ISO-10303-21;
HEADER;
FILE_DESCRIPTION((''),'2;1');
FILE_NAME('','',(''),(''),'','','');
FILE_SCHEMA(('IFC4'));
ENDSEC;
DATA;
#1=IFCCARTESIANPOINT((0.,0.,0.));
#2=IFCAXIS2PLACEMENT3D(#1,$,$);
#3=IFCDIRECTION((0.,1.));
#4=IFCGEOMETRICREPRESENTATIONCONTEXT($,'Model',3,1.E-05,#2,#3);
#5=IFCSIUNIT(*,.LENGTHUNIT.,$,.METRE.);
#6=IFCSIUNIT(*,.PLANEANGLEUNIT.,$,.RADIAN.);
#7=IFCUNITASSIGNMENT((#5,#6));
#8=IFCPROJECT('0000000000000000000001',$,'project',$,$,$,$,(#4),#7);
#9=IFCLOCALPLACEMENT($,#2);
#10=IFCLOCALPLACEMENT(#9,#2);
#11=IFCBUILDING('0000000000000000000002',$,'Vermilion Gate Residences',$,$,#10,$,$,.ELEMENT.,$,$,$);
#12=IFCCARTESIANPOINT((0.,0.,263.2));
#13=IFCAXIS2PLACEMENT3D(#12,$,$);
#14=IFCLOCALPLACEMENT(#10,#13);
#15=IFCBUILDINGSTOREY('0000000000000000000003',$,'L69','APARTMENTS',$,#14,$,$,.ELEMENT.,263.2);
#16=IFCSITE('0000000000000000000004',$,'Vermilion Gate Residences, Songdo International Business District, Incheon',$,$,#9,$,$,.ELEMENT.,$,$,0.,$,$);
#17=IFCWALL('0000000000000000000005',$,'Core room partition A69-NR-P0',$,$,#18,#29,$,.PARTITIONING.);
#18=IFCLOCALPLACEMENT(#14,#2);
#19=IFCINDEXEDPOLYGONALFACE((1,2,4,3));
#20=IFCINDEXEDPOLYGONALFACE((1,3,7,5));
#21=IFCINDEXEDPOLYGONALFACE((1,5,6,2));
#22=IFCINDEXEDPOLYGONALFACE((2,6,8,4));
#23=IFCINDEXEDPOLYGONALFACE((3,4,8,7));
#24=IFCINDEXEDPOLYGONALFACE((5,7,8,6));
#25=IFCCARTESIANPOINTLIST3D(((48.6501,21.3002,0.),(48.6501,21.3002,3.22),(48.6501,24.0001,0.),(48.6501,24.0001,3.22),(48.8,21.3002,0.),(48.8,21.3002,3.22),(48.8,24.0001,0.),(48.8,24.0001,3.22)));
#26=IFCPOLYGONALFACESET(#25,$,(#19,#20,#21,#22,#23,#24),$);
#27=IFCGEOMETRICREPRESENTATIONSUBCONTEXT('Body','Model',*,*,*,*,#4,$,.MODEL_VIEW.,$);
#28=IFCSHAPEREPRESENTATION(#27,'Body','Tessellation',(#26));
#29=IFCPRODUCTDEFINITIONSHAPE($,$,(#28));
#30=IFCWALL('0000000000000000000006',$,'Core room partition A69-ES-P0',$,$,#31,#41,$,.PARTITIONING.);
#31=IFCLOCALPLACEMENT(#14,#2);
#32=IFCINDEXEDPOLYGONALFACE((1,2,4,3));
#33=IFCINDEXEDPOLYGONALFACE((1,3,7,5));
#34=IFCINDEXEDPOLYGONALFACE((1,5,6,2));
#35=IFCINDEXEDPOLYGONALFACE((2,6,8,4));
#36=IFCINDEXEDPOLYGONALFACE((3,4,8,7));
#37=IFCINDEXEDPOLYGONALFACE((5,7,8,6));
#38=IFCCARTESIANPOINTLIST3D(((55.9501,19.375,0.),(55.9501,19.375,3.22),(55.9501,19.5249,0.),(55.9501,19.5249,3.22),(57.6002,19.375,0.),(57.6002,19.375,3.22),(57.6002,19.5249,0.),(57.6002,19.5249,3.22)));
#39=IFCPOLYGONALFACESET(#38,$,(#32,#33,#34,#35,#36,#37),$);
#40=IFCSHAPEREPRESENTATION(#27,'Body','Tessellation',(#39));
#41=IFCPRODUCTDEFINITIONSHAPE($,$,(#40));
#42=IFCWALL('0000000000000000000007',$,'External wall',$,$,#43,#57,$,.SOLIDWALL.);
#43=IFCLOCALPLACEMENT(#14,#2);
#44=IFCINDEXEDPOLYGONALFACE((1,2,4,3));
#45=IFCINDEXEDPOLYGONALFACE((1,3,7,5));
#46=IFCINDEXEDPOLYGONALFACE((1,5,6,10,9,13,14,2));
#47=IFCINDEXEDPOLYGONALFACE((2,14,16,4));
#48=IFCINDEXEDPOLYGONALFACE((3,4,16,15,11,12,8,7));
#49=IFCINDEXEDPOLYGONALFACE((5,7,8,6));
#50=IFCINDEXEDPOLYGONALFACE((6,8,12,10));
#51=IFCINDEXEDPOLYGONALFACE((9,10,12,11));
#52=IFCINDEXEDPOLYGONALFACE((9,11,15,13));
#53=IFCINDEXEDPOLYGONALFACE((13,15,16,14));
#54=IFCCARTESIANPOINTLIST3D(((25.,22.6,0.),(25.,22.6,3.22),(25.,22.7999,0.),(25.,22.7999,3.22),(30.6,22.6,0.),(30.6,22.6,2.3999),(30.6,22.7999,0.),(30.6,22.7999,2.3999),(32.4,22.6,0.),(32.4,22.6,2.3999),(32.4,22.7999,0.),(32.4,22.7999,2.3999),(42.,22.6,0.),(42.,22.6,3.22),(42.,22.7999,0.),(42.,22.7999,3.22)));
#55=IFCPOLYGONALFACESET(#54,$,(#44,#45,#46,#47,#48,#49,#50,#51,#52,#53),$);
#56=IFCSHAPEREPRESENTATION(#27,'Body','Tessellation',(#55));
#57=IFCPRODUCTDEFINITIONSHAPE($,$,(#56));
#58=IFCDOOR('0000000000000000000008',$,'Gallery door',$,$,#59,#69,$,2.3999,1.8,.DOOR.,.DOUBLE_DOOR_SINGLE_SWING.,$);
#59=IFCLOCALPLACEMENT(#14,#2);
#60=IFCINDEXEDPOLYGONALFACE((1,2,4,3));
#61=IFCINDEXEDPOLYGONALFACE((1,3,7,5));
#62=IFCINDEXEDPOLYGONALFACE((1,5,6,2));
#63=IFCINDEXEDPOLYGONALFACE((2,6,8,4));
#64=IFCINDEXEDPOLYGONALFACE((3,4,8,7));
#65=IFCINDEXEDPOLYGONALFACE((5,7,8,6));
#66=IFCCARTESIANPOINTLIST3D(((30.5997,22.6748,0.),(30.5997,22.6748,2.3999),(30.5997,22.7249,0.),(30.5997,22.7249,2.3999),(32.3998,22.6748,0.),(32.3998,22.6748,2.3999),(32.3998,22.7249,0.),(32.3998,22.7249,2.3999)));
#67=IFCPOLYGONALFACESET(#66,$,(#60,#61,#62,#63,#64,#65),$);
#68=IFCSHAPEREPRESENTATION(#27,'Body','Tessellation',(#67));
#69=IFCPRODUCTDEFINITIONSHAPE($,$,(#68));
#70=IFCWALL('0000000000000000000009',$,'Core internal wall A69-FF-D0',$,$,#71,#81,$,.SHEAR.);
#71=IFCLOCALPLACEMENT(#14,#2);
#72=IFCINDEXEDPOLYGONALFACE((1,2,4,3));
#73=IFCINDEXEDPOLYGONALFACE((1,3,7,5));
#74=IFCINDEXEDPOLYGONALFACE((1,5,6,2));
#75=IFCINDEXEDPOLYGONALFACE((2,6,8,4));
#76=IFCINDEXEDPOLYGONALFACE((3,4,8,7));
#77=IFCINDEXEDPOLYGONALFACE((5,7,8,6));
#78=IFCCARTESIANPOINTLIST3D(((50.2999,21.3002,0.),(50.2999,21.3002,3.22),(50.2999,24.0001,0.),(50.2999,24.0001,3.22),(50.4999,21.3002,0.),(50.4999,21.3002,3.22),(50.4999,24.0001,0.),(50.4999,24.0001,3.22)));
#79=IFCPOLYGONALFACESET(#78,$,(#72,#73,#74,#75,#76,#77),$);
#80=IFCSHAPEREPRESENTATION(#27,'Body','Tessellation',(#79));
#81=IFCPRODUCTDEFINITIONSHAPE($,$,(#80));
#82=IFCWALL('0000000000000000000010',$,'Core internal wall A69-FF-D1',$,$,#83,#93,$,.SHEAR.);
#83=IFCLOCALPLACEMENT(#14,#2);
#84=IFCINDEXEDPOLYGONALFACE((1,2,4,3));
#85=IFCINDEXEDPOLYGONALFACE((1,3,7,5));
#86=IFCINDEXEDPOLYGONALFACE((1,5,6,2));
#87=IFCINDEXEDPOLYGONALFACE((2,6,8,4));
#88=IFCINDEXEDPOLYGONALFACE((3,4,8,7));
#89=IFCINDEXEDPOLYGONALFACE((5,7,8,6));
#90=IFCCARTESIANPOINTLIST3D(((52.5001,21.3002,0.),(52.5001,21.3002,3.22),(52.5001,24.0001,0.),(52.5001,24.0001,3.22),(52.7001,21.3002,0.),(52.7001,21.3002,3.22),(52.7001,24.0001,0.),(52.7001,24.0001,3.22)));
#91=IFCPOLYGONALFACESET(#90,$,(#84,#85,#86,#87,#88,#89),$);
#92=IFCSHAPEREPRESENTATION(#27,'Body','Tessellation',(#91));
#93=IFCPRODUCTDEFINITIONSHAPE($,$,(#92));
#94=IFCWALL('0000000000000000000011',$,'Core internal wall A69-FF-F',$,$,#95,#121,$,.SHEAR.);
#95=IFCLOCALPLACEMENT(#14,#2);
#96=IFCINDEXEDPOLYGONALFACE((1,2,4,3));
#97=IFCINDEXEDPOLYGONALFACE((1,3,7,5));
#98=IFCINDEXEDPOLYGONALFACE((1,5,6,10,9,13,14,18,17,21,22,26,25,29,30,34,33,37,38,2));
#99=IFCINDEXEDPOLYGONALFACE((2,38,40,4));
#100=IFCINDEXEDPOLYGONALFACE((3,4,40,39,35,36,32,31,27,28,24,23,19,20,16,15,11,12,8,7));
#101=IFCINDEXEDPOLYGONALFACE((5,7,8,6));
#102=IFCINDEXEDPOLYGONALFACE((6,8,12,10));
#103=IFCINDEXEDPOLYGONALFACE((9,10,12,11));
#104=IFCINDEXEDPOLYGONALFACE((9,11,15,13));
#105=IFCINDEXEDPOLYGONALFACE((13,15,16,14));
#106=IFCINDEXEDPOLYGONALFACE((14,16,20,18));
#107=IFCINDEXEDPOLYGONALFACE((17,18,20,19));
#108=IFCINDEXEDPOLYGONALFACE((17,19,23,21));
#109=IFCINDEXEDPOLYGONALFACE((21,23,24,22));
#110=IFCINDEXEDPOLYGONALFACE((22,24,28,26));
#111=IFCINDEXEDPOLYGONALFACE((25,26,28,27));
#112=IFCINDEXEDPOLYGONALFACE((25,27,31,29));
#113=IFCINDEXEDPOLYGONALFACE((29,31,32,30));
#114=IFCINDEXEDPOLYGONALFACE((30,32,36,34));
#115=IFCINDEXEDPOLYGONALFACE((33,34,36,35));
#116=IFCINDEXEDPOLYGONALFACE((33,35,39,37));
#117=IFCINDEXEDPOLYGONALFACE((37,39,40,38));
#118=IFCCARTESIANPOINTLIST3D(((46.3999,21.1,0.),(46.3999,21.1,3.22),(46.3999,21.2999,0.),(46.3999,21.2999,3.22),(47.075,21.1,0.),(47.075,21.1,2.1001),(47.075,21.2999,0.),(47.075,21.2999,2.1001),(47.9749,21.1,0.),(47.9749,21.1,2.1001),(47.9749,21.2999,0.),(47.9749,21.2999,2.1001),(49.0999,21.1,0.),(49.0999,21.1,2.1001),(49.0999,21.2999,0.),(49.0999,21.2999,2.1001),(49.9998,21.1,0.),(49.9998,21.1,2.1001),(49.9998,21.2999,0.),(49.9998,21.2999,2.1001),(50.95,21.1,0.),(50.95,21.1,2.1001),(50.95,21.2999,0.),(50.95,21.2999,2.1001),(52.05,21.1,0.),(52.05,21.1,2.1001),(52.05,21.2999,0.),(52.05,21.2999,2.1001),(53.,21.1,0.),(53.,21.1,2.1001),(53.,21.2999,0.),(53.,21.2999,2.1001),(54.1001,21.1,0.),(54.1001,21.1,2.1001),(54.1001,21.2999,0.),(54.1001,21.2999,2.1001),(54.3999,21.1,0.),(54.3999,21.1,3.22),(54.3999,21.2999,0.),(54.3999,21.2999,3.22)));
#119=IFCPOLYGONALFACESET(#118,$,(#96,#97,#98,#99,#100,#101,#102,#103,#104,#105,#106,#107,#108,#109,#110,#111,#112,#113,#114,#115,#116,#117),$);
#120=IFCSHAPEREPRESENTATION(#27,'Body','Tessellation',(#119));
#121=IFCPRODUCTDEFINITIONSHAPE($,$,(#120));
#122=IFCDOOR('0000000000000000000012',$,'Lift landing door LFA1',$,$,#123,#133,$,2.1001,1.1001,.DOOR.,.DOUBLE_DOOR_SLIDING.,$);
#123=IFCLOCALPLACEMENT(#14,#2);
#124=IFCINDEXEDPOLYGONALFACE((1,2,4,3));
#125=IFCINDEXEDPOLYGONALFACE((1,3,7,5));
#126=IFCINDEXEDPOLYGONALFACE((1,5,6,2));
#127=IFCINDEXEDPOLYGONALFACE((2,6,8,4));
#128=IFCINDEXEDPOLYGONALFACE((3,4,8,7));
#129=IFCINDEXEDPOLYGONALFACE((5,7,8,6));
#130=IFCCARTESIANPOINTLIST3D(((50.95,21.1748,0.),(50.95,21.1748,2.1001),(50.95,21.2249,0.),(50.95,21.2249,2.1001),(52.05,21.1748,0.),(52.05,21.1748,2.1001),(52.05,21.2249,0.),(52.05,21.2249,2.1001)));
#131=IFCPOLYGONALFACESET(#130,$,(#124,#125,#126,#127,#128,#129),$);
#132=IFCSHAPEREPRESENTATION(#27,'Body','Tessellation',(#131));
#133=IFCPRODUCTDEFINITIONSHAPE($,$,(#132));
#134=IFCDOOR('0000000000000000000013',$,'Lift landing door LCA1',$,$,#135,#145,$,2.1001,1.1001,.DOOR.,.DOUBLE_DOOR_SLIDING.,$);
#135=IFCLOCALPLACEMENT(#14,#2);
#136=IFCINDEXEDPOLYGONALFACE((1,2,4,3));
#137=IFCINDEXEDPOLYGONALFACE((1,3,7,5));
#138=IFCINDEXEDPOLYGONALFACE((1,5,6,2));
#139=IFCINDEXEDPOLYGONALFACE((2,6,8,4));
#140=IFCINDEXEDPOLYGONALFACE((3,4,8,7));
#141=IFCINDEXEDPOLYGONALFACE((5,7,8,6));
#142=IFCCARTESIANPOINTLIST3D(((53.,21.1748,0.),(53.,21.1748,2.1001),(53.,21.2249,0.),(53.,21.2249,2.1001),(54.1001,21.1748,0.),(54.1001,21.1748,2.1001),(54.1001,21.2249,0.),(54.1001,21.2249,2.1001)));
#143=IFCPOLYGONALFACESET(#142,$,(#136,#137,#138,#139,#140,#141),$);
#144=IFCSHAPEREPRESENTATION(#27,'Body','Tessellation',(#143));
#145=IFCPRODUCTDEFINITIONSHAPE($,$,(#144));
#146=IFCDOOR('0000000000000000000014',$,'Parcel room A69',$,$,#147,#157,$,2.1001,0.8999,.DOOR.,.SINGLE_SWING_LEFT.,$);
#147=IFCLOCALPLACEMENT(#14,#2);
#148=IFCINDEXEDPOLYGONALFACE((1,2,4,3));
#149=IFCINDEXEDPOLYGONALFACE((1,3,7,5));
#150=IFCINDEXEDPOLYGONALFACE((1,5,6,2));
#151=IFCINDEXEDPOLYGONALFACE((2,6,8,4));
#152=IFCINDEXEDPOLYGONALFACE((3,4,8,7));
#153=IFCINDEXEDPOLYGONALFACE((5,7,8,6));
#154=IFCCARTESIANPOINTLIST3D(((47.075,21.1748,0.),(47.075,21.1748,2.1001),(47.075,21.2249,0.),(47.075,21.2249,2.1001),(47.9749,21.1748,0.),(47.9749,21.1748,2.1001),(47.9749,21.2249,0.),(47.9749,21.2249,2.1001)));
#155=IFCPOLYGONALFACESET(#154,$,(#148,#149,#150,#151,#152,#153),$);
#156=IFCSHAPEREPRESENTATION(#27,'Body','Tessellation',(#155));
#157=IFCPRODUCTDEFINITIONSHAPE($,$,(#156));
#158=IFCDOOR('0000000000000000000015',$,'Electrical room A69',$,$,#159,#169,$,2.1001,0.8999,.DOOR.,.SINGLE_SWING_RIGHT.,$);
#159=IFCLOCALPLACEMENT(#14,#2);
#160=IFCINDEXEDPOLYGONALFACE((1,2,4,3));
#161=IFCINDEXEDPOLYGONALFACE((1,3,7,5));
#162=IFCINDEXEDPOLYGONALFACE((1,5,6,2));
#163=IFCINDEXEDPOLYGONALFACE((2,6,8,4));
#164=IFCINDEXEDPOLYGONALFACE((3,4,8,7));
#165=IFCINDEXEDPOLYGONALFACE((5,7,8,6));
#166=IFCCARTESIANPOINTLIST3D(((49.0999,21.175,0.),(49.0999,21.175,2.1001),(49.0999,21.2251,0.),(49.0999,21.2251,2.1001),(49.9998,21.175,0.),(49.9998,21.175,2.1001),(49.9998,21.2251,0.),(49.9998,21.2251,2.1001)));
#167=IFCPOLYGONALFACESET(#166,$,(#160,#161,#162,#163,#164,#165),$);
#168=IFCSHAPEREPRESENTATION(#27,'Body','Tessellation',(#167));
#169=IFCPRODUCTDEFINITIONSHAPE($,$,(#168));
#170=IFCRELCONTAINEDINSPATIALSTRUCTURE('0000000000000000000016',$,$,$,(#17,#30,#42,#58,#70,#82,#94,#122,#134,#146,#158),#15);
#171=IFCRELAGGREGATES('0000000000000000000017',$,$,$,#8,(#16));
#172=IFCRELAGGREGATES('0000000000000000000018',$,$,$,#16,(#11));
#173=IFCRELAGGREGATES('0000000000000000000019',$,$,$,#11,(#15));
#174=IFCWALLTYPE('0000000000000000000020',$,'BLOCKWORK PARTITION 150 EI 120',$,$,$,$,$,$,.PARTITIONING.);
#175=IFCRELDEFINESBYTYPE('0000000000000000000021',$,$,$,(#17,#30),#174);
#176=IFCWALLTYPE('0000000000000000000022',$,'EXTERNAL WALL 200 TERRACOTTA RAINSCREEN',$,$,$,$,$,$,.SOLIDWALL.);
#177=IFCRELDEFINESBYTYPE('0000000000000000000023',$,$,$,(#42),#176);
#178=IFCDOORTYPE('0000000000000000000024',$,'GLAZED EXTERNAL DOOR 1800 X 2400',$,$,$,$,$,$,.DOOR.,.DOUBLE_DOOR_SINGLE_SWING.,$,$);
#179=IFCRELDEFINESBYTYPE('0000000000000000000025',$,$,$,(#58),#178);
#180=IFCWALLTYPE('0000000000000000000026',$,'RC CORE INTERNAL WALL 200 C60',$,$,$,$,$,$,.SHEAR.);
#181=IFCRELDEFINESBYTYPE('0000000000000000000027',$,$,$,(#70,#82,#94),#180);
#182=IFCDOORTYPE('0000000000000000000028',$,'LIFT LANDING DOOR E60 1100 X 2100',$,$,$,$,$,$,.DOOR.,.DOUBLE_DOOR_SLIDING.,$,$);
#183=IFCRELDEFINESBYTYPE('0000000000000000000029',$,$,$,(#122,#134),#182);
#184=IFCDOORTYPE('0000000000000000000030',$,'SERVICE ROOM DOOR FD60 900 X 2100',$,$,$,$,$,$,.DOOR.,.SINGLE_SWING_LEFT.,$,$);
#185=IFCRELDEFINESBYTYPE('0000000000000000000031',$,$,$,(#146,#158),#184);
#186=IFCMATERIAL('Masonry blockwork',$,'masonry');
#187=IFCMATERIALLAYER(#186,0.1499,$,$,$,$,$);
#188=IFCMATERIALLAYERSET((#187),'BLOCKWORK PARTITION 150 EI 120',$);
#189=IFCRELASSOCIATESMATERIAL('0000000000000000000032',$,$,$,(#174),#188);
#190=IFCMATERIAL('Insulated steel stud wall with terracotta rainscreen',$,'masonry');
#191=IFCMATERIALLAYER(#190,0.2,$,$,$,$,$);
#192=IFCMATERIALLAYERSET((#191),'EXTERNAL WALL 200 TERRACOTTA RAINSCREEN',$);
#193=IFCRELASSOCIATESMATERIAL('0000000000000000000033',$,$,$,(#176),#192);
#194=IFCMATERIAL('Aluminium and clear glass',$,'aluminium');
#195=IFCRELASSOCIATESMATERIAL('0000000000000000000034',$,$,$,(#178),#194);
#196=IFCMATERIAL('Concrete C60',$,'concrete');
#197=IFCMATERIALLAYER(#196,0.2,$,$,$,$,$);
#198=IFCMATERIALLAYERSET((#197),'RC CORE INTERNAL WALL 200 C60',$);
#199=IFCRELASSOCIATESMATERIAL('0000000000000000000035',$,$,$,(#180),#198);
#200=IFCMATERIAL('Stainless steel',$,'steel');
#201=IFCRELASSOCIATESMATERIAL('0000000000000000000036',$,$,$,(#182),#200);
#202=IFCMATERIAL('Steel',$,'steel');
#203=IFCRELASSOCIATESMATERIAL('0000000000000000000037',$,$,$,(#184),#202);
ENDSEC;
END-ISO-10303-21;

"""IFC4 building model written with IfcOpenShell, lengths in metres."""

from ifc_helpers import new_model, si_unit, direction, frame, frame_2d, origin, place, context, subcontext, project, spatial, rectangle, extrude, material, layer, layer_set, type_object, element, fill, save


model = new_model("IFC4")

# Units and contexts
model_context = context("Model", 3, precision=1e-05, world=origin(), true_north=direction((0.0, 1.0)))
body_context = subcontext(model_context, "Body", "Model", "MODEL_VIEW")
ifc_project = project(units=[si_unit("LENGTHUNIT", "METRE"), si_unit("PLANEANGLEUNIT", "RADIAN")], contexts=[model_context])

# Site, building, storey
site_placement = place(None, origin())
site = spatial("IfcSite", under=ifc_project, at=site_placement, Name="Vermilion Gate Residences, Songdo International Business District, Incheon", CompositionType="ELEMENT", RefElevation=0.0)
building_placement = place(site_placement, origin())
building = spatial("IfcBuilding", under=site, at=building_placement, Name="Vermilion Gate Residences", CompositionType="ELEMENT")
storey_placement = place(building_placement, frame((0.0, 0.0, 263.2)))
storey = spatial("IfcBuildingStorey", under=building, at=storey_placement, Name="L69", Description="APARTMENTS", CompositionType="ELEMENT", Elevation=263.2)

# Walls
ifc_material_1 = material(Name="Masonry blockwork", Category="masonry")
ifc_layer_1 = layer(ifc_material_1, 0.1499)
ifc_layer_set_1 = layer_set([ifc_layer_1], Name="BLOCKWORK PARTITION 150 EI 120")
wall_type_1 = type_object("IfcWallType", Name="BLOCKWORK PARTITION 150 EI 120", PredefinedType="PARTITIONING", material=ifc_layer_set_1)
wall_1_placement = place(storey_placement, frame((48.7251, 21.3, 0.0), z_axis=(0.0, 0.0, 1.0), x_axis=(0.0, 1.0, 0.0)))
element("IfcWall", 1, at=wall_1_placement, inside=storey, type_object=wall_type_1, Name="Core room partition A69-NR-P0", PredefinedType="PARTITIONING", context=body_context, shape_type="SweptSolid", body=[
    extrude(rectangle(XDim=2.7, YDim=0.1499, at=frame_2d((1.3501, 0.0))), origin(), (0.0, 0.0, 1.0), 3.22),
])
wall_2_placement = place(storey_placement, frame((55.95, 19.45, 0.0), z_axis=(0.0, 0.0, 1.0), x_axis=(1.0, 0.0, 0.0)))
element("IfcWall", 2, at=wall_2_placement, inside=storey, type_object=wall_type_1, Name="Core room partition A69-ES-P0", PredefinedType="PARTITIONING", context=body_context, shape_type="SweptSolid", body=[
    extrude(rectangle(XDim=1.6501, YDim=0.1499, at=frame_2d((0.8252, 0.0))), origin(), (0.0, 0.0, 1.0), 3.22),
])

# Wall, opening, door
ifc_material_2 = material(Name="Insulated steel stud wall with terracotta rainscreen", Category="masonry")
ifc_layer_2 = layer(ifc_material_2, 0.2)
ifc_layer_set_2 = layer_set([ifc_layer_2], Name="EXTERNAL WALL 200 TERRACOTTA RAINSCREEN")
wall_type_2 = type_object("IfcWallType", Name="EXTERNAL WALL 200 TERRACOTTA RAINSCREEN", PredefinedType="SOLIDWALL", material=ifc_layer_set_2)
wall_3_placement = place(storey_placement, frame((42.0, 22.7, 0.0), z_axis=(0.0, 0.0, 1.0), x_axis=(-1.0, 0.0, 0.0)))
wall_3 = element("IfcWall", 3, at=wall_3_placement, inside=storey, type_object=wall_type_2, Name="External wall", PredefinedType="SOLIDWALL", context=body_context, shape_type="SweptSolid", body=[
    extrude(rectangle(XDim=17.0, YDim=0.2, at=frame_2d((8.5, 0.0))), origin(), (0.0, 0.0, 1.0), 3.22),
])
opening_1_placement = place(wall_3_placement, frame((9.6001, 0.0, 0.0)))
opening_1 = element("IfcOpeningElement", 4, at=opening_1_placement, cuts=wall_3, PredefinedType="OPENING", context=body_context, shape_type="SweptSolid", body=[
    extrude(rectangle(XDim=1.8, YDim=2.3999, at=frame_2d((0.8999, 1.2))), frame((0.0, 0.1099, 0.0), z_axis=(0.0, -1.0, 0.0), x_axis=(1.0, 0.0, 0.0)), (0.0, 0.0, 1.0), 0.22),
])
ifc_material_3 = material(Name="Aluminium and clear glass", Category="aluminium")
door_type_1 = type_object("IfcDoorType", Name="GLAZED EXTERNAL DOOR 1800 X 2400", OperationType="DOUBLE_DOOR_SINGLE_SWING", PredefinedType="DOOR", material=ifc_material_3)
door_1_placement = place(opening_1_placement, frame((1.8, 0.0, 0.0), z_axis=(0.0, 0.0, 1.0), x_axis=(-1.0, 0.0, 0.0)))
door_1 = element("IfcDoor", 5, at=door_1_placement, inside=storey, type_object=door_type_1, Name="Gallery door", OperationType="DOUBLE_DOOR_SINGLE_SWING", OverallHeight=2.3999, OverallWidth=1.8, PredefinedType="DOOR", context=body_context, shape_type="SweptSolid", body=[
    extrude(rectangle(XDim=1.8, YDim=2.3999, at=frame_2d((0.8999, 1.2))), frame((0.0, 0.0249, 0.0), z_axis=(0.0, -1.0, 0.0), x_axis=(1.0, 0.0, 0.0)), (0.0, 0.0, 1.0), 0.05),
])
fill(opening_1, door_1)

# Walls
ifc_material_4 = material(Name="Concrete C60", Category="concrete")
ifc_layer_3 = layer(ifc_material_4, 0.2)
ifc_layer_set_3 = layer_set([ifc_layer_3], Name="RC CORE INTERNAL WALL 200 C60")
wall_type_3 = type_object("IfcWallType", Name="RC CORE INTERNAL WALL 200 C60", PredefinedType="SHEAR", material=ifc_layer_set_3)
for number, where, z_axis, x_axis, name in (
    (6, (50.3999, 21.3, 0.0), (0.0, 0.0, 1.0), (0.0, 1.0, 0.0), "Core internal wall A69-FF-D0"),
    (7, (52.6001, 21.3, 0.0), (0.0, 0.0, 1.0), (0.0, 1.0, 0.0), "Core internal wall A69-FF-D1"),
):
    element("IfcWall", number, at=place(storey_placement, frame(where, z_axis=z_axis, x_axis=x_axis)), inside=storey, type_object=wall_type_3, Name=name, PredefinedType="SHEAR", context=body_context, shape_type="SweptSolid", body=[
        extrude(rectangle(XDim=2.7, YDim=0.2, at=frame_2d((1.3501, 0.0))), origin(), (0.0, 0.0, 1.0), 3.22),
    ])

# Wall, openings, doors
wall_4_placement = place(storey_placement, frame((46.3999, 21.2, 0.0), z_axis=(0.0, 0.0, 1.0), x_axis=(1.0, 0.0, 0.0)))
wall_4 = element("IfcWall", 8, at=wall_4_placement, inside=storey, type_object=wall_type_3, Name="Core internal wall A69-FF-F", PredefinedType="SHEAR", context=body_context, shape_type="SweptSolid", body=[
    extrude(rectangle(XDim=8.0, YDim=0.2, at=frame_2d((4.0, 0.0))), origin(), (0.0, 0.0, 1.0), 3.22),
])
opening_2_placement = place(wall_4_placement, frame((0.675, 0.0, 0.0)))
opening_2 = element("IfcOpeningElement", 9, at=opening_2_placement, cuts=wall_4, PredefinedType="OPENING", context=body_context, shape_type="SweptSolid", body=[
    extrude(rectangle(XDim=0.8999, YDim=2.1001, at=frame_2d((0.45, 1.05))), frame((0.0, 0.1099, 0.0), z_axis=(0.0, -1.0, 0.0), x_axis=(1.0, 0.0, 0.0)), (0.0, 0.0, 1.0), 0.22),
])
opening_3_placement = place(wall_4_placement, frame((2.7, 0.0, 0.0)))
opening_3 = element("IfcOpeningElement", 10, at=opening_3_placement, cuts=wall_4, PredefinedType="OPENING", context=body_context, shape_type="SweptSolid", body=[
    extrude(rectangle(XDim=0.8999, YDim=2.1001, at=frame_2d((0.45, 1.05))), frame((0.0, 0.1099, 0.0), z_axis=(0.0, -1.0, 0.0), x_axis=(1.0, 0.0, 0.0)), (0.0, 0.0, 1.0), 0.22),
])
opening_4_placement = place(wall_4_placement, frame((4.55, 0.0, 0.0)))
opening_4 = element("IfcOpeningElement", 11, at=opening_4_placement, cuts=wall_4, PredefinedType="OPENING", context=body_context, shape_type="SweptSolid", body=[
    extrude(rectangle(XDim=1.1001, YDim=2.1001, at=frame_2d((0.55, 1.05))), frame((0.0, 0.1099, 0.0), z_axis=(0.0, -1.0, 0.0), x_axis=(1.0, 0.0, 0.0)), (0.0, 0.0, 1.0), 0.22),
])
opening_5_placement = place(wall_4_placement, frame((6.6001, 0.0, 0.0)))
opening_5 = element("IfcOpeningElement", 12, at=opening_5_placement, cuts=wall_4, PredefinedType="OPENING", context=body_context, shape_type="SweptSolid", body=[
    extrude(rectangle(XDim=1.1001, YDim=2.1001, at=frame_2d((0.55, 1.05))), frame((0.0, 0.1099, 0.0), z_axis=(0.0, -1.0, 0.0), x_axis=(1.0, 0.0, 0.0)), (0.0, 0.0, 1.0), 0.22),
])
ifc_material_5 = material(Name="Stainless steel", Category="steel")
door_type_2 = type_object("IfcDoorType", Name="LIFT LANDING DOOR E60 1100 X 2100", OperationType="DOUBLE_DOOR_SLIDING", PredefinedType="DOOR", material=ifc_material_5)
door_2_placement = place(opening_4_placement, origin())
door_2 = element("IfcDoor", 13, at=door_2_placement, inside=storey, type_object=door_type_2, Name="Lift landing door LFA1", OperationType="DOUBLE_DOOR_SLIDING", OverallHeight=2.1001, OverallWidth=1.1001, PredefinedType="DOOR", context=body_context, shape_type="SweptSolid", body=[
    extrude(rectangle(XDim=1.1001, YDim=2.1001, at=frame_2d((0.55, 1.05))), frame((0.0, 0.0249, 0.0), z_axis=(0.0, -1.0, 0.0), x_axis=(1.0, 0.0, 0.0)), (0.0, 0.0, 1.0), 0.05),
])
fill(opening_4, door_2)
door_3_placement = place(opening_5_placement, origin())
door_3 = element("IfcDoor", 14, at=door_3_placement, inside=storey, type_object=door_type_2, Name="Lift landing door LCA1", OperationType="DOUBLE_DOOR_SLIDING", OverallHeight=2.1001, OverallWidth=1.1001, PredefinedType="DOOR", context=body_context, shape_type="SweptSolid", body=[
    extrude(rectangle(XDim=1.1001, YDim=2.1001, at=frame_2d((0.55, 1.05))), frame((0.0, 0.0249, 0.0), z_axis=(0.0, -1.0, 0.0), x_axis=(1.0, 0.0, 0.0)), (0.0, 0.0, 1.0), 0.05),
])
fill(opening_5, door_3)
ifc_material_6 = material(Name="Steel", Category="steel")
door_type_3 = type_object("IfcDoorType", Name="SERVICE ROOM DOOR FD60 900 X 2100", OperationType="SINGLE_SWING_LEFT", PredefinedType="DOOR", material=ifc_material_6)
door_4_placement = place(opening_2_placement, origin())
door_4 = element("IfcDoor", 15, at=door_4_placement, inside=storey, type_object=door_type_3, Name="Parcel room A69", OperationType="SINGLE_SWING_LEFT", OverallHeight=2.1001, OverallWidth=0.8999, PredefinedType="DOOR", context=body_context, shape_type="SweptSolid", body=[
    extrude(rectangle(XDim=0.8999, YDim=2.1001, at=frame_2d((0.45, 1.05))), frame((0.0, 0.0249, 0.0), z_axis=(0.0, -1.0, 0.0), x_axis=(1.0, 0.0, 0.0)), (0.0, 0.0, 1.0), 0.05),
])
fill(opening_2, door_4)
door_5_placement = place(opening_3_placement, frame((0.8999, 0.0, 0.0), z_axis=(0.0, 0.0, 1.0), x_axis=(-1.0, 0.0, 0.0)))
door_5 = element("IfcDoor", 16, at=door_5_placement, inside=storey, type_object=door_type_3, Name="Electrical room A69", OperationType="SINGLE_SWING_RIGHT", OverallHeight=2.1001, OverallWidth=0.8999, PredefinedType="DOOR", context=body_context, shape_type="SweptSolid", body=[
    extrude(rectangle(XDim=0.8999, YDim=2.1001, at=frame_2d((0.45, 1.05))), frame((0.0, 0.0249, 0.0), z_axis=(0.0, -1.0, 0.0), x_axis=(1.0, 0.0, 0.0)), (0.0, 0.0, 1.0), 0.05),
])
fill(opening_3, door_5)

save(model, "model.ifc")
